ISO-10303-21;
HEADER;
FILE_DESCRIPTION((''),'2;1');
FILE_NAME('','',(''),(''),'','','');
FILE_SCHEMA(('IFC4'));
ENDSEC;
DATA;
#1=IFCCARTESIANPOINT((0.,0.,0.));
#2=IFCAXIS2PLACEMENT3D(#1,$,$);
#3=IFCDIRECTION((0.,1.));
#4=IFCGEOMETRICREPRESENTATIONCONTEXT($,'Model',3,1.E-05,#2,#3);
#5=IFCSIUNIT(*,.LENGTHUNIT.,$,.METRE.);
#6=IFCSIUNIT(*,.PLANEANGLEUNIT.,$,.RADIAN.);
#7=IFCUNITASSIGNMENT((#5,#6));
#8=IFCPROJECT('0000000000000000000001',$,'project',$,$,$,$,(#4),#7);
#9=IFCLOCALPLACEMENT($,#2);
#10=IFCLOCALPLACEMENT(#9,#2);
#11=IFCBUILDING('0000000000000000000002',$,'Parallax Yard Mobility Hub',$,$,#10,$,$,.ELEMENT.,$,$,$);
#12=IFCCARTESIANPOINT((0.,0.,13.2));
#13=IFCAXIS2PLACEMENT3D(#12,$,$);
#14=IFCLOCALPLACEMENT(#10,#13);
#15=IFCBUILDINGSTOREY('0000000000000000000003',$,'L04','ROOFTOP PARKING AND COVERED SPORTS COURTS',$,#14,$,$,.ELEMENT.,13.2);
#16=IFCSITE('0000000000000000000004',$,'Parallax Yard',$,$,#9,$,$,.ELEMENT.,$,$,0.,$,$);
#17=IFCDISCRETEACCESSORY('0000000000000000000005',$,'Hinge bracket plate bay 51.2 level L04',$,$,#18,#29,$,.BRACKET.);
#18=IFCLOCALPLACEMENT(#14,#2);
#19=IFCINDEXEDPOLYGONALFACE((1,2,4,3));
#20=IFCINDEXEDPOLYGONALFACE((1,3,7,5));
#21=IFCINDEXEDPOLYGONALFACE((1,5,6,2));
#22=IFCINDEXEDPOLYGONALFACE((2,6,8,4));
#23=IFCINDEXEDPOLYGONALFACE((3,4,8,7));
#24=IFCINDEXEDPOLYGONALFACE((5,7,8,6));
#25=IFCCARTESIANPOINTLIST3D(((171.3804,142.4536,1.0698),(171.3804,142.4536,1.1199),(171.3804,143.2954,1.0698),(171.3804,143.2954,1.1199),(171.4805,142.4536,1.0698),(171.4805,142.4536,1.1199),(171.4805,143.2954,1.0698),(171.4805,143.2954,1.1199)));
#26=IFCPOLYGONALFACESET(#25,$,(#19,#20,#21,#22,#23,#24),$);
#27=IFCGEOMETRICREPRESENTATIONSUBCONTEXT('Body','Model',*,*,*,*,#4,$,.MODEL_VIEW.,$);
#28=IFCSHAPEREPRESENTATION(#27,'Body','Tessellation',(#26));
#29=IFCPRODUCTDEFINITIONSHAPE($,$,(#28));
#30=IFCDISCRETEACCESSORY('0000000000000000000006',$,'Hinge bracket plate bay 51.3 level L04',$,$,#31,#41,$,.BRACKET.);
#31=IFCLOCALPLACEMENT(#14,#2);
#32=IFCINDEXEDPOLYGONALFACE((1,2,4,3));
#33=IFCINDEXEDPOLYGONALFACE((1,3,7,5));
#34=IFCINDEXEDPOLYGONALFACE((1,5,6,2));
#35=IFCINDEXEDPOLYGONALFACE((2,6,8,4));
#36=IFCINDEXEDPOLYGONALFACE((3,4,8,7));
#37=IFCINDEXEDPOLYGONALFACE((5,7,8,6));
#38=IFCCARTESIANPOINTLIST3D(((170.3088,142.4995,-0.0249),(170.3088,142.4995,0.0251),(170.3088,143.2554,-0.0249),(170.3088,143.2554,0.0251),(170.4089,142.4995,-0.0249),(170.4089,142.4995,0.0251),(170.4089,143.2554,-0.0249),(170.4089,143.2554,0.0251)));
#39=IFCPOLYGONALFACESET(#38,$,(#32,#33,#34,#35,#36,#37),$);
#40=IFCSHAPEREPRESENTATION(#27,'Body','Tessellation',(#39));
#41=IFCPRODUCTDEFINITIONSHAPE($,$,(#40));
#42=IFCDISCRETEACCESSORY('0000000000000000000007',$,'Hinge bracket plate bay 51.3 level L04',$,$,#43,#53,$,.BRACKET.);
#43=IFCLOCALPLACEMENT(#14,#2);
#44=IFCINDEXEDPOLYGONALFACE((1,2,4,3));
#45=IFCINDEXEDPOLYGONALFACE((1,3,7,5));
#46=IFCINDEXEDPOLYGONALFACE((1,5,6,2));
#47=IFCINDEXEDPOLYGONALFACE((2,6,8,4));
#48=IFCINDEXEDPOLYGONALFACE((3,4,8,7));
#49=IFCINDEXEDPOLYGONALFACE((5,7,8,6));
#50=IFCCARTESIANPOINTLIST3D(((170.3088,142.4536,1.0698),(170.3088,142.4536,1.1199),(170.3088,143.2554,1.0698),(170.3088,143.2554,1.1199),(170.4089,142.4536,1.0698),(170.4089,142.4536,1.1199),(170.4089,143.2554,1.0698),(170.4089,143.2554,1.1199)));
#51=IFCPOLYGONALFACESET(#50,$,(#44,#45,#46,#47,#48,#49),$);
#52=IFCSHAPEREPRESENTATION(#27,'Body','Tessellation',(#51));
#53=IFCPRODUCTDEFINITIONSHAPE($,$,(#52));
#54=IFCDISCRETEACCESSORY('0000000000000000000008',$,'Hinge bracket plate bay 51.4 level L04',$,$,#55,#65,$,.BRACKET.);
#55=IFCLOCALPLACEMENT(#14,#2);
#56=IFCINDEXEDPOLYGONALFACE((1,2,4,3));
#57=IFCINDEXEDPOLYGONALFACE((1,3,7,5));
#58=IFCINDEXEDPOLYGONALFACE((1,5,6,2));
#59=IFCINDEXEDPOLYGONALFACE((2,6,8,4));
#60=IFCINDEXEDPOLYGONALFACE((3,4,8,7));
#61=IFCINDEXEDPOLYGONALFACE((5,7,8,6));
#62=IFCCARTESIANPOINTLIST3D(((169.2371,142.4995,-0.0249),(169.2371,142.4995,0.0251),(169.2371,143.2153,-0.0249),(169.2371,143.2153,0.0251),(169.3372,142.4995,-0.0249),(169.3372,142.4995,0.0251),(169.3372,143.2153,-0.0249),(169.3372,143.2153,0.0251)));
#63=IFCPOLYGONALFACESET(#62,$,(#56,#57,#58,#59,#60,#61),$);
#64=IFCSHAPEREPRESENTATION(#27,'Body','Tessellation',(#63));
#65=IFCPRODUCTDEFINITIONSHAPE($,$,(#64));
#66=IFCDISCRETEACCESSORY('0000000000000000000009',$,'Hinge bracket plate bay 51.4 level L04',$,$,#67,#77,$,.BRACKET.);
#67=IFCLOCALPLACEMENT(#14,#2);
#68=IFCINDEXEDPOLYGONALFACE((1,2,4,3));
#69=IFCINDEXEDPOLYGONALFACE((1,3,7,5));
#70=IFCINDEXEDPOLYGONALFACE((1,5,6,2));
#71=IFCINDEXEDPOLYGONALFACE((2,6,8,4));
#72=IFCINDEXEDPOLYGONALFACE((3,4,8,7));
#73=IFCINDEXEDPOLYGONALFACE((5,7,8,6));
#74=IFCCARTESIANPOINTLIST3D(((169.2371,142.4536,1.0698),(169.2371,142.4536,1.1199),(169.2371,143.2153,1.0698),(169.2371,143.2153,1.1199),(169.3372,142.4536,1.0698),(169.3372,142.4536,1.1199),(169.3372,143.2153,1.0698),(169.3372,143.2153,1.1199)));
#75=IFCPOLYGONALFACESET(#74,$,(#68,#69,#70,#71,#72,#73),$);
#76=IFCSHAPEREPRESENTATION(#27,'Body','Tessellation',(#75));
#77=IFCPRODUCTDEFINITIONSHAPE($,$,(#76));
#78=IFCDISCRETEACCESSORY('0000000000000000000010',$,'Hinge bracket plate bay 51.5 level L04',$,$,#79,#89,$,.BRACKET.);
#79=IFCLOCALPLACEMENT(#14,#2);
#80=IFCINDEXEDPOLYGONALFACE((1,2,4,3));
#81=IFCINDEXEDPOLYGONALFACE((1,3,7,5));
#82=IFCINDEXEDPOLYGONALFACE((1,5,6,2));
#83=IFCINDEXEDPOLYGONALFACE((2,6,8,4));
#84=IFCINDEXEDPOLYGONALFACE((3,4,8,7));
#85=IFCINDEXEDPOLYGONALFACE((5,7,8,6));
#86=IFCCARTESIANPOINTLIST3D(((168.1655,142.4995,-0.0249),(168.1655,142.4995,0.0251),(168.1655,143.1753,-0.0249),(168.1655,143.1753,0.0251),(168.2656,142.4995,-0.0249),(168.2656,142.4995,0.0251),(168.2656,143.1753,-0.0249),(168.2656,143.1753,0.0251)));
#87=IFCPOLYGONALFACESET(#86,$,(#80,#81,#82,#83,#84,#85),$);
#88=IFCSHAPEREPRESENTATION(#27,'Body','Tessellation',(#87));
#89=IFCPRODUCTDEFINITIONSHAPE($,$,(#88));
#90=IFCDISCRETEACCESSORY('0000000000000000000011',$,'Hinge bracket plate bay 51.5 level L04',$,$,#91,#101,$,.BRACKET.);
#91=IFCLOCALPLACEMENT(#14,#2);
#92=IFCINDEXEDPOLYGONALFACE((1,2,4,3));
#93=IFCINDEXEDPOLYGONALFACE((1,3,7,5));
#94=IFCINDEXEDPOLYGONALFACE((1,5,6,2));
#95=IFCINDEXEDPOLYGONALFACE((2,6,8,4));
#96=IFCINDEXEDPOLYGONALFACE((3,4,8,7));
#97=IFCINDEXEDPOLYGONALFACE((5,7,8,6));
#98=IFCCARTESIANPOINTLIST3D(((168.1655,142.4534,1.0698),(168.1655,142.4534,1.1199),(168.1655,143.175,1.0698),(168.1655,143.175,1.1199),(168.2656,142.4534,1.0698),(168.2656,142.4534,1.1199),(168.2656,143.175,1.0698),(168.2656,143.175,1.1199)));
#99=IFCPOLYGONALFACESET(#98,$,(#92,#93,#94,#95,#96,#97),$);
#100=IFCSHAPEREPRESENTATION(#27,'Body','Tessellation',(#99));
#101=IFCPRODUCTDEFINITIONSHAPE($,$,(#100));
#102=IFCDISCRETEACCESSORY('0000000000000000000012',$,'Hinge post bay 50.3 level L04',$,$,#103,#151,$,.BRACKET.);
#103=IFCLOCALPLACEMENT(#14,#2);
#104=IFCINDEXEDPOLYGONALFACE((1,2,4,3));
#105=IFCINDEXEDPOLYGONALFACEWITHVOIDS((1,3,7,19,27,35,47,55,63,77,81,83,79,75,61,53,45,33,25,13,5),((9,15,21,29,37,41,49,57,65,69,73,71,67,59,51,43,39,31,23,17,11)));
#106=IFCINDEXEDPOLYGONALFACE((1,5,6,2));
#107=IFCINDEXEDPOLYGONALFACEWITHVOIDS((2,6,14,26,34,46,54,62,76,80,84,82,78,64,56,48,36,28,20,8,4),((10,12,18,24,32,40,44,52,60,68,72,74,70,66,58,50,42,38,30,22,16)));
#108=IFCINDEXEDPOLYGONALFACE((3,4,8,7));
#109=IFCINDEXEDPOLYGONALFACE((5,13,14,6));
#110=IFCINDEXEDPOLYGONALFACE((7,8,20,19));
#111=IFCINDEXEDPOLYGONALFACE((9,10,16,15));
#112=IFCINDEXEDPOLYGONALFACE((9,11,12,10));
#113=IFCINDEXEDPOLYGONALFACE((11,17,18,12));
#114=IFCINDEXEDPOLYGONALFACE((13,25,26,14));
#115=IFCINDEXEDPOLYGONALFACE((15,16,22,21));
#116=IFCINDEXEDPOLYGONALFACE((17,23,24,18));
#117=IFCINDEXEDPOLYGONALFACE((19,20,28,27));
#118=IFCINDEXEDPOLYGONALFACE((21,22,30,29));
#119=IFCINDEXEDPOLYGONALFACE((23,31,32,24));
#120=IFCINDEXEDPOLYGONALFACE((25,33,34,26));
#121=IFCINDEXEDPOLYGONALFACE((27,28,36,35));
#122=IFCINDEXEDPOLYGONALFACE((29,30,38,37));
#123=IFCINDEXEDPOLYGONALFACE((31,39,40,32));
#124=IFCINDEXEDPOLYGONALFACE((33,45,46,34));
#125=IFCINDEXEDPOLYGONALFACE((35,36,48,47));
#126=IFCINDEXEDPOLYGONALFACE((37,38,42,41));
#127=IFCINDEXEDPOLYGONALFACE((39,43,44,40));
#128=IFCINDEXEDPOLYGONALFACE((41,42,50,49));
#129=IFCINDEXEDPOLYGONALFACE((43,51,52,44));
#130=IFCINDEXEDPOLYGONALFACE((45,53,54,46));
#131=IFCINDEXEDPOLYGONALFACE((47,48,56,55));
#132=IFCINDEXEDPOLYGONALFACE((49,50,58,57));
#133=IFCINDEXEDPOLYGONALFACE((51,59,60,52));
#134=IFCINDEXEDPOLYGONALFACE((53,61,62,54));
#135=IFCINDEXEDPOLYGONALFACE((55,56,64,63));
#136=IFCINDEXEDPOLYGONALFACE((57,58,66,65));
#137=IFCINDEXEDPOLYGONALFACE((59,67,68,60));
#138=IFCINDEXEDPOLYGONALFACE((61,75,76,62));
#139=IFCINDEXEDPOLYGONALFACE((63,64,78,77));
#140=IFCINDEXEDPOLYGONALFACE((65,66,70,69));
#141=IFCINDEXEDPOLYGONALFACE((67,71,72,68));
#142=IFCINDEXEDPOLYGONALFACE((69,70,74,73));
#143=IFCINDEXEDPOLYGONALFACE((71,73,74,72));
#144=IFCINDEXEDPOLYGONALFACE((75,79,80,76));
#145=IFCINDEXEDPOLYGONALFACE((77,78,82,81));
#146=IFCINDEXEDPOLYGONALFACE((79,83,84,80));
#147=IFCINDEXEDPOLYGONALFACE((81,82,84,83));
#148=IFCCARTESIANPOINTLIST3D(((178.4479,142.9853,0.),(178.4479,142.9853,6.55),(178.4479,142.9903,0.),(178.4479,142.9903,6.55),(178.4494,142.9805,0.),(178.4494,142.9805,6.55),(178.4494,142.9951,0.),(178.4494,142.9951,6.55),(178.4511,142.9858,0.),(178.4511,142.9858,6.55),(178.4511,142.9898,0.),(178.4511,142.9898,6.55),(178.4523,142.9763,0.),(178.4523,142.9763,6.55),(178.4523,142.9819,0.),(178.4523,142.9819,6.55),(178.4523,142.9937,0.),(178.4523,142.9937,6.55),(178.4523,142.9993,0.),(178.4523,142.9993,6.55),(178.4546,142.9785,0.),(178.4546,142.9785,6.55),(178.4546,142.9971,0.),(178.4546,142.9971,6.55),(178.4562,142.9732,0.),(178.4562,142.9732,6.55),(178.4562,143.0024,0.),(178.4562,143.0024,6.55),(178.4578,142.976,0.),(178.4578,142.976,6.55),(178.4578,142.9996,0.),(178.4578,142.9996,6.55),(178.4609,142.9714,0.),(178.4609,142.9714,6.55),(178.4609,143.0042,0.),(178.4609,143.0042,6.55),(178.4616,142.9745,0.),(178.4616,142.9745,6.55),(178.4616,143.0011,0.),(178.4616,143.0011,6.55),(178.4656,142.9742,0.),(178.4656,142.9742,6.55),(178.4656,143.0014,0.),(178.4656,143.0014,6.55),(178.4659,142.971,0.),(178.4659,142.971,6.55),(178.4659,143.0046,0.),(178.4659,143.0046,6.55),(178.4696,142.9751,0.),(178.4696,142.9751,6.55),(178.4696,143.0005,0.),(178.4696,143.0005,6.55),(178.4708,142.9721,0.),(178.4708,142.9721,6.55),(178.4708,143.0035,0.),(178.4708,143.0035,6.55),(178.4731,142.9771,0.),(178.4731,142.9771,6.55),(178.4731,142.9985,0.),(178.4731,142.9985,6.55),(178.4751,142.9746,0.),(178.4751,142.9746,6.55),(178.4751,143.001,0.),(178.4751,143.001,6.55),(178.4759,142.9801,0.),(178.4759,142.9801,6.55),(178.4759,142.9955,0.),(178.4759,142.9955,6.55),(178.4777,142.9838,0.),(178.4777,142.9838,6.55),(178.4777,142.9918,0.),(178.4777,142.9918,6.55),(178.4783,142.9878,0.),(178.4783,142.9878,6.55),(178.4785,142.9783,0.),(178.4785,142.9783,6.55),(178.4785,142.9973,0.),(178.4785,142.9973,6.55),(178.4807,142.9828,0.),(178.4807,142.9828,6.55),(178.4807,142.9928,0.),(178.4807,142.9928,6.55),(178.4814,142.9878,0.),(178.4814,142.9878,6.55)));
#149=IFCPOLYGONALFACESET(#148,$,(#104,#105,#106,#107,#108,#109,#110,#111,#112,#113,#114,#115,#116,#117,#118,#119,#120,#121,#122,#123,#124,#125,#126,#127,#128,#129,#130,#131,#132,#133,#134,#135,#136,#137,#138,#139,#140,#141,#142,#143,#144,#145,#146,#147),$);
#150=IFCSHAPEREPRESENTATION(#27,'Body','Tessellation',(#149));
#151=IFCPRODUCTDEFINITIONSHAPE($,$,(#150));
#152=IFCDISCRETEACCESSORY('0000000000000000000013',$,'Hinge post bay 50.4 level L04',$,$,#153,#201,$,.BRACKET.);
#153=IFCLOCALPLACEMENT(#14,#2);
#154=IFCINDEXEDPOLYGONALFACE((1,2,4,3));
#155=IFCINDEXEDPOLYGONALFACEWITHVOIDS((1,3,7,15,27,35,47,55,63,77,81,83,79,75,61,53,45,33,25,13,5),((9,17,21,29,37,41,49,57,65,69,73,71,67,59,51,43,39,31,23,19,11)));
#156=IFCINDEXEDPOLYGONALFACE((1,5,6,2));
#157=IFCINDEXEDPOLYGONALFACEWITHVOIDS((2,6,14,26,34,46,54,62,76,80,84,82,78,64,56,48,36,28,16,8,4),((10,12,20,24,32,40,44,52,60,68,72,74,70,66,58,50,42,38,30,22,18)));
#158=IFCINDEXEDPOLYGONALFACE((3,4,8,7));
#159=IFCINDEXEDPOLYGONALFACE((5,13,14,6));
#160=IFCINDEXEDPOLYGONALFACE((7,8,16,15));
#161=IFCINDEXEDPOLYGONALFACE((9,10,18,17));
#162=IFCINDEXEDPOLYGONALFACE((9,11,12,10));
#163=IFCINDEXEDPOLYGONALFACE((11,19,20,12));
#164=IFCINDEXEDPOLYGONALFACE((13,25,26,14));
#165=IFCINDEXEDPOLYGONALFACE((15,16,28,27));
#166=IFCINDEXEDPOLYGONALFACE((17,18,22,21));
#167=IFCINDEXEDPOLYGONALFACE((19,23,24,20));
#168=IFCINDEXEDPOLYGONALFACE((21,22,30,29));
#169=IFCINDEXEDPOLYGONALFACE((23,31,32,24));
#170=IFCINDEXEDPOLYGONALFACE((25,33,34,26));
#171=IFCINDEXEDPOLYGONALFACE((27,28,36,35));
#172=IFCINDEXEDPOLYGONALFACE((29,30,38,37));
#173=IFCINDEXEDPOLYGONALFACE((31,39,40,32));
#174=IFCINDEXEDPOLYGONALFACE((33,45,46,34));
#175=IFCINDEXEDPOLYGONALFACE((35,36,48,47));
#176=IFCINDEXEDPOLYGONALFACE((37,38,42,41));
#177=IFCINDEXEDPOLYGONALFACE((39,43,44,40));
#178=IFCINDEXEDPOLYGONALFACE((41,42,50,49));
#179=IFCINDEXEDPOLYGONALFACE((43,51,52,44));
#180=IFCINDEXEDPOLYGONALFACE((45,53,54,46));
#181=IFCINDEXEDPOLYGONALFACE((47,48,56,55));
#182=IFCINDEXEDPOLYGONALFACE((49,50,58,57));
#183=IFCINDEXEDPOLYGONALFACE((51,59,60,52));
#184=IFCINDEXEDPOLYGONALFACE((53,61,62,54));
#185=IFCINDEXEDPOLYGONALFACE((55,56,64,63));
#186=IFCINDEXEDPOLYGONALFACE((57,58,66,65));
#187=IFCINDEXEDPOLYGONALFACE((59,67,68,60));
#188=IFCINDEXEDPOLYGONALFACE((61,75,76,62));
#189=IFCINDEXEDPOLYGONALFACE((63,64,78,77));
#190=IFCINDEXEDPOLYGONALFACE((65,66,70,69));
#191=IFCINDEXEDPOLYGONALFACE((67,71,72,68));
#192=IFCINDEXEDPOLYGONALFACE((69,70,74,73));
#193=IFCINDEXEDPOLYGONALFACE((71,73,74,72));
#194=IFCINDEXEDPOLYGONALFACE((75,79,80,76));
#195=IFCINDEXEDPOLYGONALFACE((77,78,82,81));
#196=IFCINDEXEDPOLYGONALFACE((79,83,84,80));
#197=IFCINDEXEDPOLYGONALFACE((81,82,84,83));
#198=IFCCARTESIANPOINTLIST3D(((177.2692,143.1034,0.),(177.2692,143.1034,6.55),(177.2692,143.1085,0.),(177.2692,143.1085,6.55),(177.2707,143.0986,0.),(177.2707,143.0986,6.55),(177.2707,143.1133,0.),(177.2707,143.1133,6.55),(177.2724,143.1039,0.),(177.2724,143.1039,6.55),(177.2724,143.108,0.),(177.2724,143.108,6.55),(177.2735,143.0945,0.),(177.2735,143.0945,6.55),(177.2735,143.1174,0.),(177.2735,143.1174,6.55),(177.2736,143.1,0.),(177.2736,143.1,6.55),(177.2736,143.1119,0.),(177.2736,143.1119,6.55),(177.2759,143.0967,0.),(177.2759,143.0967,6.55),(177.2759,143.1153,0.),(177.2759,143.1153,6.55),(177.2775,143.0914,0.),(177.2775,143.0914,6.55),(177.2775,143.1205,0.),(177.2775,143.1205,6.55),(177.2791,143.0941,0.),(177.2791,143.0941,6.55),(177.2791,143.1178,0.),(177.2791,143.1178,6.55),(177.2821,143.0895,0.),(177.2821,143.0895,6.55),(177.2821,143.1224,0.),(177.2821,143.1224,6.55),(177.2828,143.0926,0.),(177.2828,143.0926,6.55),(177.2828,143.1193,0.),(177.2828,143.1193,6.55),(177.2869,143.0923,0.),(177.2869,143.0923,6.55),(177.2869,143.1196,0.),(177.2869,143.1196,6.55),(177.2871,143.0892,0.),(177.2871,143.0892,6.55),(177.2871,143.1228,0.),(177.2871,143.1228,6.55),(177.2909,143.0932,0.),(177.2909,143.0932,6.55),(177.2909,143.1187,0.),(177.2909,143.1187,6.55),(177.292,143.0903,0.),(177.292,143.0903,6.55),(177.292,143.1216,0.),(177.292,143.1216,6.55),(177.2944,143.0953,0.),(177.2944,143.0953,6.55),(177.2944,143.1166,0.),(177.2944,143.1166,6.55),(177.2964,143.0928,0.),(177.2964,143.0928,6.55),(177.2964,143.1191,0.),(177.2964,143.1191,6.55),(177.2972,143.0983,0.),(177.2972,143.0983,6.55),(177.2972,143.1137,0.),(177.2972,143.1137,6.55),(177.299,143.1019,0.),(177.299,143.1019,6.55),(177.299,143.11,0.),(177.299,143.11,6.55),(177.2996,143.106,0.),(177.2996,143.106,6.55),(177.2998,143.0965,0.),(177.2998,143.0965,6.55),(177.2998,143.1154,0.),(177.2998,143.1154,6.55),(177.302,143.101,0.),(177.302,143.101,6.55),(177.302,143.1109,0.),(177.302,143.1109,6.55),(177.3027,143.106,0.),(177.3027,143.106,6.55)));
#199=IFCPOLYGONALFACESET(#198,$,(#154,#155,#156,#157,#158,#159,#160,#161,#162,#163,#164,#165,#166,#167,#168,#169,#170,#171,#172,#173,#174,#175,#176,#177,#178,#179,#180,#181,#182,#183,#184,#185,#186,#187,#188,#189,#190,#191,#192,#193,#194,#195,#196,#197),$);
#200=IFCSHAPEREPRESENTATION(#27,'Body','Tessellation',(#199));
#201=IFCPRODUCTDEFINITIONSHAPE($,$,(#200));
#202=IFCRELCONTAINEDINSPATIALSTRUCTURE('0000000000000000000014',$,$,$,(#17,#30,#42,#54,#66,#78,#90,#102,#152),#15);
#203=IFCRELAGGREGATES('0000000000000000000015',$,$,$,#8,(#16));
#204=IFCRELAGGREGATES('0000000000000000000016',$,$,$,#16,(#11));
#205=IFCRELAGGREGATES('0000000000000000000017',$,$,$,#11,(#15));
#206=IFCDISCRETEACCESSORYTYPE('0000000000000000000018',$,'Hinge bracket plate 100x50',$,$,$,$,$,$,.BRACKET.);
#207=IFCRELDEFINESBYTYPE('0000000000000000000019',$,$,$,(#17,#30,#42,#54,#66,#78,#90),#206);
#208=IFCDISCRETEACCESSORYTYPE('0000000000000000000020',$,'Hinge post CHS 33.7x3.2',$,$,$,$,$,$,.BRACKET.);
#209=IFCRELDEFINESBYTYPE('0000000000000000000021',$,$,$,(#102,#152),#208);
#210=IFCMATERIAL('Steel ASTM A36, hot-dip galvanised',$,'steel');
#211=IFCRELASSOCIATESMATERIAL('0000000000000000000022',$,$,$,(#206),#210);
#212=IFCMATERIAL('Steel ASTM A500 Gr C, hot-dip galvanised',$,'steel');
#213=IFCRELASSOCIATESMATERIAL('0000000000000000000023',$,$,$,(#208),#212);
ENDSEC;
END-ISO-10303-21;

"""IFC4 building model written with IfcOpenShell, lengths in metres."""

from ifc_helpers import new_model, si_unit, direction, frame, origin, origin_2d, place, context, subcontext, project, spatial, rectangle, hollow_circle, extrude, material, material_profile, profile_set, type_object, element, save


model = new_model("IFC4")

# Units and contexts
model_context = context("Model", 3, precision=1e-05, world=origin(), true_north=direction((0.0, 1.0)))
body_context = subcontext(model_context, "Body", "Model", "MODEL_VIEW")
ifc_project = project(units=[si_unit("LENGTHUNIT", "METRE"), si_unit("PLANEANGLEUNIT", "RADIAN")], contexts=[model_context])

# Site, building, storey
site_placement = place(None, origin())
site = spatial("IfcSite", under=ifc_project, at=site_placement, Name="Parallax Yard", CompositionType="ELEMENT", RefElevation=0.0)
building_placement = place(site_placement, origin())
building = spatial("IfcBuilding", under=site, at=building_placement, Name="Parallax Yard Mobility Hub", CompositionType="ELEMENT")
storey_placement = place(building_placement, frame((0.0, 0.0, 13.2)))
storey = spatial("IfcBuildingStorey", under=building, at=storey_placement, Name="L04", Description="ROOFTOP PARKING AND COVERED SPORTS COURTS", CompositionType="ELEMENT", Elevation=13.2)

# Discrete accessories
ifc_material_1 = material(Name="Steel ASTM A36, hot-dip galvanised", Category="steel")
discrete_accessory_type_1 = type_object("IfcDiscreteAccessoryType", Name="Hinge bracket plate 100x50", PredefinedType="BRACKET", material=ifc_material_1)
discrete_accessory_1_placement = place(storey_placement, frame((171.4304, 142.8745, 1.0698), z_axis=(0.0, 0.0, 1.0), x_axis=(0.0, 1.0, 0.0)))
element("IfcDiscreteAccessory", 1, at=discrete_accessory_1_placement, inside=storey, type_object=discrete_accessory_type_1, Name="Hinge bracket plate bay 51.2 level L04", PredefinedType="BRACKET", context=body_context, shape_type="SweptSolid", body=[
    extrude(rectangle(XDim=0.8418, YDim=0.1001, at=origin_2d()), origin(), (0.0, 0.0, 1.0), 0.05),
])
discrete_accessory_2_placement = place(storey_placement, frame((170.3589, 142.8774, -0.0249), z_axis=(0.0, 0.0, 1.0), x_axis=(0.0, 1.0, 0.0)))
element("IfcDiscreteAccessory", 2, at=discrete_accessory_2_placement, inside=storey, type_object=discrete_accessory_type_1, Name="Hinge bracket plate bay 51.3 level L04", PredefinedType="BRACKET", context=body_context, shape_type="SweptSolid", body=[
    extrude(rectangle(XDim=0.7559, YDim=0.1001, at=origin_2d()), origin(), (0.0, 0.0, 1.0), 0.05),
])
discrete_accessory_3_placement = place(storey_placement, frame((170.3589, 142.8545, 1.0698), z_axis=(0.0, 0.0, 1.0), x_axis=(0.0, 1.0, 0.0)))
element("IfcDiscreteAccessory", 3, at=discrete_accessory_3_placement, inside=storey, type_object=discrete_accessory_type_1, Name="Hinge bracket plate bay 51.3 level L04", PredefinedType="BRACKET", context=body_context, shape_type="SweptSolid", body=[
    extrude(rectangle(XDim=0.8018, YDim=0.1001, at=origin_2d()), origin(), (0.0, 0.0, 1.0), 0.05),
])
discrete_accessory_4_placement = place(storey_placement, frame((169.2871, 142.8574, -0.0249), z_axis=(0.0, 0.0, 1.0), x_axis=(0.0, 1.0, 0.0)))
element("IfcDiscreteAccessory", 4, at=discrete_accessory_4_placement, inside=storey, type_object=discrete_accessory_type_1, Name="Hinge bracket plate bay 51.4 level L04", PredefinedType="BRACKET", context=body_context, shape_type="SweptSolid", body=[
    extrude(rectangle(XDim=0.7158, YDim=0.1001, at=origin_2d()), origin(), (0.0, 0.0, 1.0), 0.05),
])
discrete_accessory_5_placement = place(storey_placement, frame((169.2871, 142.8345, 1.0698), z_axis=(0.0, 0.0, 1.0), x_axis=(0.0, 1.0, 0.0)))
element("IfcDiscreteAccessory", 5, at=discrete_accessory_5_placement, inside=storey, type_object=discrete_accessory_type_1, Name="Hinge bracket plate bay 51.4 level L04", PredefinedType="BRACKET", context=body_context, shape_type="SweptSolid", body=[
    extrude(rectangle(XDim=0.7617, YDim=0.1001, at=origin_2d()), origin(), (0.0, 0.0, 1.0), 0.05),
])
discrete_accessory_6_placement = place(storey_placement, frame((168.2156, 142.8374, -0.0249), z_axis=(0.0, 0.0, 1.0), x_axis=(0.0, 1.0, 0.0)))
element("IfcDiscreteAccessory", 6, at=discrete_accessory_6_placement, inside=storey, type_object=discrete_accessory_type_1, Name="Hinge bracket plate bay 51.5 level L04", PredefinedType="BRACKET", context=body_context, shape_type="SweptSolid", body=[
    extrude(rectangle(XDim=0.6758, YDim=0.1001, at=origin_2d()), origin(), (0.0, 0.0, 1.0), 0.05),
])
discrete_accessory_7_placement = place(storey_placement, frame((168.2156, 142.8142, 1.0698), z_axis=(0.0, 0.0, 1.0), x_axis=(0.0, 1.0, 0.0)))
element("IfcDiscreteAccessory", 7, at=discrete_accessory_7_placement, inside=storey, type_object=discrete_accessory_type_1, Name="Hinge bracket plate bay 51.5 level L04", PredefinedType="BRACKET", context=body_context, shape_type="SweptSolid", body=[
    extrude(rectangle(XDim=0.7217, YDim=0.1001, at=origin_2d()), origin(), (0.0, 0.0, 1.0), 0.05),
])
ifc_material_2 = material(Name="Steel ASTM A500 Gr C, hot-dip galvanised", Category="steel")
ifc_material_profile = material_profile(ifc_material_2, hollow_circle(Radius=0.0168, WallThickness=0.0032, at=origin_2d()), Name="CHS 33.7x3.2")
ifc_profile_set = profile_set([ifc_material_profile], Name="Steel ASTM A500 Gr C, hot-dip galvanised")
discrete_accessory_type_2 = type_object("IfcDiscreteAccessoryType", Name="Hinge post CHS 33.7x3.2", PredefinedType="BRACKET", material=ifc_profile_set)
for number, where, z_axis, x_axis, name in (
    (8, (178.4646, 142.9878, 0.0), (0.0, 0.0, 1.0), (1.0, 0.0, 0.0), "Hinge post bay 50.3 level L04"),
    (9, (177.2859, 143.106, 0.0), (0.0, 0.0, 1.0), (1.0, 0.0, 0.0), "Hinge post bay 50.4 level L04"),
):
    element("IfcDiscreteAccessory", number, at=place(storey_placement, frame(where, z_axis=z_axis, x_axis=x_axis)), inside=storey, type_object=discrete_accessory_type_2, Name=name, PredefinedType="BRACKET", context=body_context, shape_type="SweptSolid", body=[
        extrude(hollow_circle(Radius=0.0168, WallThickness=0.0032, at=origin_2d()), origin(), (0.0, 0.0, 1.0), 6.55),
    ])

save(model, "model.ifc")
